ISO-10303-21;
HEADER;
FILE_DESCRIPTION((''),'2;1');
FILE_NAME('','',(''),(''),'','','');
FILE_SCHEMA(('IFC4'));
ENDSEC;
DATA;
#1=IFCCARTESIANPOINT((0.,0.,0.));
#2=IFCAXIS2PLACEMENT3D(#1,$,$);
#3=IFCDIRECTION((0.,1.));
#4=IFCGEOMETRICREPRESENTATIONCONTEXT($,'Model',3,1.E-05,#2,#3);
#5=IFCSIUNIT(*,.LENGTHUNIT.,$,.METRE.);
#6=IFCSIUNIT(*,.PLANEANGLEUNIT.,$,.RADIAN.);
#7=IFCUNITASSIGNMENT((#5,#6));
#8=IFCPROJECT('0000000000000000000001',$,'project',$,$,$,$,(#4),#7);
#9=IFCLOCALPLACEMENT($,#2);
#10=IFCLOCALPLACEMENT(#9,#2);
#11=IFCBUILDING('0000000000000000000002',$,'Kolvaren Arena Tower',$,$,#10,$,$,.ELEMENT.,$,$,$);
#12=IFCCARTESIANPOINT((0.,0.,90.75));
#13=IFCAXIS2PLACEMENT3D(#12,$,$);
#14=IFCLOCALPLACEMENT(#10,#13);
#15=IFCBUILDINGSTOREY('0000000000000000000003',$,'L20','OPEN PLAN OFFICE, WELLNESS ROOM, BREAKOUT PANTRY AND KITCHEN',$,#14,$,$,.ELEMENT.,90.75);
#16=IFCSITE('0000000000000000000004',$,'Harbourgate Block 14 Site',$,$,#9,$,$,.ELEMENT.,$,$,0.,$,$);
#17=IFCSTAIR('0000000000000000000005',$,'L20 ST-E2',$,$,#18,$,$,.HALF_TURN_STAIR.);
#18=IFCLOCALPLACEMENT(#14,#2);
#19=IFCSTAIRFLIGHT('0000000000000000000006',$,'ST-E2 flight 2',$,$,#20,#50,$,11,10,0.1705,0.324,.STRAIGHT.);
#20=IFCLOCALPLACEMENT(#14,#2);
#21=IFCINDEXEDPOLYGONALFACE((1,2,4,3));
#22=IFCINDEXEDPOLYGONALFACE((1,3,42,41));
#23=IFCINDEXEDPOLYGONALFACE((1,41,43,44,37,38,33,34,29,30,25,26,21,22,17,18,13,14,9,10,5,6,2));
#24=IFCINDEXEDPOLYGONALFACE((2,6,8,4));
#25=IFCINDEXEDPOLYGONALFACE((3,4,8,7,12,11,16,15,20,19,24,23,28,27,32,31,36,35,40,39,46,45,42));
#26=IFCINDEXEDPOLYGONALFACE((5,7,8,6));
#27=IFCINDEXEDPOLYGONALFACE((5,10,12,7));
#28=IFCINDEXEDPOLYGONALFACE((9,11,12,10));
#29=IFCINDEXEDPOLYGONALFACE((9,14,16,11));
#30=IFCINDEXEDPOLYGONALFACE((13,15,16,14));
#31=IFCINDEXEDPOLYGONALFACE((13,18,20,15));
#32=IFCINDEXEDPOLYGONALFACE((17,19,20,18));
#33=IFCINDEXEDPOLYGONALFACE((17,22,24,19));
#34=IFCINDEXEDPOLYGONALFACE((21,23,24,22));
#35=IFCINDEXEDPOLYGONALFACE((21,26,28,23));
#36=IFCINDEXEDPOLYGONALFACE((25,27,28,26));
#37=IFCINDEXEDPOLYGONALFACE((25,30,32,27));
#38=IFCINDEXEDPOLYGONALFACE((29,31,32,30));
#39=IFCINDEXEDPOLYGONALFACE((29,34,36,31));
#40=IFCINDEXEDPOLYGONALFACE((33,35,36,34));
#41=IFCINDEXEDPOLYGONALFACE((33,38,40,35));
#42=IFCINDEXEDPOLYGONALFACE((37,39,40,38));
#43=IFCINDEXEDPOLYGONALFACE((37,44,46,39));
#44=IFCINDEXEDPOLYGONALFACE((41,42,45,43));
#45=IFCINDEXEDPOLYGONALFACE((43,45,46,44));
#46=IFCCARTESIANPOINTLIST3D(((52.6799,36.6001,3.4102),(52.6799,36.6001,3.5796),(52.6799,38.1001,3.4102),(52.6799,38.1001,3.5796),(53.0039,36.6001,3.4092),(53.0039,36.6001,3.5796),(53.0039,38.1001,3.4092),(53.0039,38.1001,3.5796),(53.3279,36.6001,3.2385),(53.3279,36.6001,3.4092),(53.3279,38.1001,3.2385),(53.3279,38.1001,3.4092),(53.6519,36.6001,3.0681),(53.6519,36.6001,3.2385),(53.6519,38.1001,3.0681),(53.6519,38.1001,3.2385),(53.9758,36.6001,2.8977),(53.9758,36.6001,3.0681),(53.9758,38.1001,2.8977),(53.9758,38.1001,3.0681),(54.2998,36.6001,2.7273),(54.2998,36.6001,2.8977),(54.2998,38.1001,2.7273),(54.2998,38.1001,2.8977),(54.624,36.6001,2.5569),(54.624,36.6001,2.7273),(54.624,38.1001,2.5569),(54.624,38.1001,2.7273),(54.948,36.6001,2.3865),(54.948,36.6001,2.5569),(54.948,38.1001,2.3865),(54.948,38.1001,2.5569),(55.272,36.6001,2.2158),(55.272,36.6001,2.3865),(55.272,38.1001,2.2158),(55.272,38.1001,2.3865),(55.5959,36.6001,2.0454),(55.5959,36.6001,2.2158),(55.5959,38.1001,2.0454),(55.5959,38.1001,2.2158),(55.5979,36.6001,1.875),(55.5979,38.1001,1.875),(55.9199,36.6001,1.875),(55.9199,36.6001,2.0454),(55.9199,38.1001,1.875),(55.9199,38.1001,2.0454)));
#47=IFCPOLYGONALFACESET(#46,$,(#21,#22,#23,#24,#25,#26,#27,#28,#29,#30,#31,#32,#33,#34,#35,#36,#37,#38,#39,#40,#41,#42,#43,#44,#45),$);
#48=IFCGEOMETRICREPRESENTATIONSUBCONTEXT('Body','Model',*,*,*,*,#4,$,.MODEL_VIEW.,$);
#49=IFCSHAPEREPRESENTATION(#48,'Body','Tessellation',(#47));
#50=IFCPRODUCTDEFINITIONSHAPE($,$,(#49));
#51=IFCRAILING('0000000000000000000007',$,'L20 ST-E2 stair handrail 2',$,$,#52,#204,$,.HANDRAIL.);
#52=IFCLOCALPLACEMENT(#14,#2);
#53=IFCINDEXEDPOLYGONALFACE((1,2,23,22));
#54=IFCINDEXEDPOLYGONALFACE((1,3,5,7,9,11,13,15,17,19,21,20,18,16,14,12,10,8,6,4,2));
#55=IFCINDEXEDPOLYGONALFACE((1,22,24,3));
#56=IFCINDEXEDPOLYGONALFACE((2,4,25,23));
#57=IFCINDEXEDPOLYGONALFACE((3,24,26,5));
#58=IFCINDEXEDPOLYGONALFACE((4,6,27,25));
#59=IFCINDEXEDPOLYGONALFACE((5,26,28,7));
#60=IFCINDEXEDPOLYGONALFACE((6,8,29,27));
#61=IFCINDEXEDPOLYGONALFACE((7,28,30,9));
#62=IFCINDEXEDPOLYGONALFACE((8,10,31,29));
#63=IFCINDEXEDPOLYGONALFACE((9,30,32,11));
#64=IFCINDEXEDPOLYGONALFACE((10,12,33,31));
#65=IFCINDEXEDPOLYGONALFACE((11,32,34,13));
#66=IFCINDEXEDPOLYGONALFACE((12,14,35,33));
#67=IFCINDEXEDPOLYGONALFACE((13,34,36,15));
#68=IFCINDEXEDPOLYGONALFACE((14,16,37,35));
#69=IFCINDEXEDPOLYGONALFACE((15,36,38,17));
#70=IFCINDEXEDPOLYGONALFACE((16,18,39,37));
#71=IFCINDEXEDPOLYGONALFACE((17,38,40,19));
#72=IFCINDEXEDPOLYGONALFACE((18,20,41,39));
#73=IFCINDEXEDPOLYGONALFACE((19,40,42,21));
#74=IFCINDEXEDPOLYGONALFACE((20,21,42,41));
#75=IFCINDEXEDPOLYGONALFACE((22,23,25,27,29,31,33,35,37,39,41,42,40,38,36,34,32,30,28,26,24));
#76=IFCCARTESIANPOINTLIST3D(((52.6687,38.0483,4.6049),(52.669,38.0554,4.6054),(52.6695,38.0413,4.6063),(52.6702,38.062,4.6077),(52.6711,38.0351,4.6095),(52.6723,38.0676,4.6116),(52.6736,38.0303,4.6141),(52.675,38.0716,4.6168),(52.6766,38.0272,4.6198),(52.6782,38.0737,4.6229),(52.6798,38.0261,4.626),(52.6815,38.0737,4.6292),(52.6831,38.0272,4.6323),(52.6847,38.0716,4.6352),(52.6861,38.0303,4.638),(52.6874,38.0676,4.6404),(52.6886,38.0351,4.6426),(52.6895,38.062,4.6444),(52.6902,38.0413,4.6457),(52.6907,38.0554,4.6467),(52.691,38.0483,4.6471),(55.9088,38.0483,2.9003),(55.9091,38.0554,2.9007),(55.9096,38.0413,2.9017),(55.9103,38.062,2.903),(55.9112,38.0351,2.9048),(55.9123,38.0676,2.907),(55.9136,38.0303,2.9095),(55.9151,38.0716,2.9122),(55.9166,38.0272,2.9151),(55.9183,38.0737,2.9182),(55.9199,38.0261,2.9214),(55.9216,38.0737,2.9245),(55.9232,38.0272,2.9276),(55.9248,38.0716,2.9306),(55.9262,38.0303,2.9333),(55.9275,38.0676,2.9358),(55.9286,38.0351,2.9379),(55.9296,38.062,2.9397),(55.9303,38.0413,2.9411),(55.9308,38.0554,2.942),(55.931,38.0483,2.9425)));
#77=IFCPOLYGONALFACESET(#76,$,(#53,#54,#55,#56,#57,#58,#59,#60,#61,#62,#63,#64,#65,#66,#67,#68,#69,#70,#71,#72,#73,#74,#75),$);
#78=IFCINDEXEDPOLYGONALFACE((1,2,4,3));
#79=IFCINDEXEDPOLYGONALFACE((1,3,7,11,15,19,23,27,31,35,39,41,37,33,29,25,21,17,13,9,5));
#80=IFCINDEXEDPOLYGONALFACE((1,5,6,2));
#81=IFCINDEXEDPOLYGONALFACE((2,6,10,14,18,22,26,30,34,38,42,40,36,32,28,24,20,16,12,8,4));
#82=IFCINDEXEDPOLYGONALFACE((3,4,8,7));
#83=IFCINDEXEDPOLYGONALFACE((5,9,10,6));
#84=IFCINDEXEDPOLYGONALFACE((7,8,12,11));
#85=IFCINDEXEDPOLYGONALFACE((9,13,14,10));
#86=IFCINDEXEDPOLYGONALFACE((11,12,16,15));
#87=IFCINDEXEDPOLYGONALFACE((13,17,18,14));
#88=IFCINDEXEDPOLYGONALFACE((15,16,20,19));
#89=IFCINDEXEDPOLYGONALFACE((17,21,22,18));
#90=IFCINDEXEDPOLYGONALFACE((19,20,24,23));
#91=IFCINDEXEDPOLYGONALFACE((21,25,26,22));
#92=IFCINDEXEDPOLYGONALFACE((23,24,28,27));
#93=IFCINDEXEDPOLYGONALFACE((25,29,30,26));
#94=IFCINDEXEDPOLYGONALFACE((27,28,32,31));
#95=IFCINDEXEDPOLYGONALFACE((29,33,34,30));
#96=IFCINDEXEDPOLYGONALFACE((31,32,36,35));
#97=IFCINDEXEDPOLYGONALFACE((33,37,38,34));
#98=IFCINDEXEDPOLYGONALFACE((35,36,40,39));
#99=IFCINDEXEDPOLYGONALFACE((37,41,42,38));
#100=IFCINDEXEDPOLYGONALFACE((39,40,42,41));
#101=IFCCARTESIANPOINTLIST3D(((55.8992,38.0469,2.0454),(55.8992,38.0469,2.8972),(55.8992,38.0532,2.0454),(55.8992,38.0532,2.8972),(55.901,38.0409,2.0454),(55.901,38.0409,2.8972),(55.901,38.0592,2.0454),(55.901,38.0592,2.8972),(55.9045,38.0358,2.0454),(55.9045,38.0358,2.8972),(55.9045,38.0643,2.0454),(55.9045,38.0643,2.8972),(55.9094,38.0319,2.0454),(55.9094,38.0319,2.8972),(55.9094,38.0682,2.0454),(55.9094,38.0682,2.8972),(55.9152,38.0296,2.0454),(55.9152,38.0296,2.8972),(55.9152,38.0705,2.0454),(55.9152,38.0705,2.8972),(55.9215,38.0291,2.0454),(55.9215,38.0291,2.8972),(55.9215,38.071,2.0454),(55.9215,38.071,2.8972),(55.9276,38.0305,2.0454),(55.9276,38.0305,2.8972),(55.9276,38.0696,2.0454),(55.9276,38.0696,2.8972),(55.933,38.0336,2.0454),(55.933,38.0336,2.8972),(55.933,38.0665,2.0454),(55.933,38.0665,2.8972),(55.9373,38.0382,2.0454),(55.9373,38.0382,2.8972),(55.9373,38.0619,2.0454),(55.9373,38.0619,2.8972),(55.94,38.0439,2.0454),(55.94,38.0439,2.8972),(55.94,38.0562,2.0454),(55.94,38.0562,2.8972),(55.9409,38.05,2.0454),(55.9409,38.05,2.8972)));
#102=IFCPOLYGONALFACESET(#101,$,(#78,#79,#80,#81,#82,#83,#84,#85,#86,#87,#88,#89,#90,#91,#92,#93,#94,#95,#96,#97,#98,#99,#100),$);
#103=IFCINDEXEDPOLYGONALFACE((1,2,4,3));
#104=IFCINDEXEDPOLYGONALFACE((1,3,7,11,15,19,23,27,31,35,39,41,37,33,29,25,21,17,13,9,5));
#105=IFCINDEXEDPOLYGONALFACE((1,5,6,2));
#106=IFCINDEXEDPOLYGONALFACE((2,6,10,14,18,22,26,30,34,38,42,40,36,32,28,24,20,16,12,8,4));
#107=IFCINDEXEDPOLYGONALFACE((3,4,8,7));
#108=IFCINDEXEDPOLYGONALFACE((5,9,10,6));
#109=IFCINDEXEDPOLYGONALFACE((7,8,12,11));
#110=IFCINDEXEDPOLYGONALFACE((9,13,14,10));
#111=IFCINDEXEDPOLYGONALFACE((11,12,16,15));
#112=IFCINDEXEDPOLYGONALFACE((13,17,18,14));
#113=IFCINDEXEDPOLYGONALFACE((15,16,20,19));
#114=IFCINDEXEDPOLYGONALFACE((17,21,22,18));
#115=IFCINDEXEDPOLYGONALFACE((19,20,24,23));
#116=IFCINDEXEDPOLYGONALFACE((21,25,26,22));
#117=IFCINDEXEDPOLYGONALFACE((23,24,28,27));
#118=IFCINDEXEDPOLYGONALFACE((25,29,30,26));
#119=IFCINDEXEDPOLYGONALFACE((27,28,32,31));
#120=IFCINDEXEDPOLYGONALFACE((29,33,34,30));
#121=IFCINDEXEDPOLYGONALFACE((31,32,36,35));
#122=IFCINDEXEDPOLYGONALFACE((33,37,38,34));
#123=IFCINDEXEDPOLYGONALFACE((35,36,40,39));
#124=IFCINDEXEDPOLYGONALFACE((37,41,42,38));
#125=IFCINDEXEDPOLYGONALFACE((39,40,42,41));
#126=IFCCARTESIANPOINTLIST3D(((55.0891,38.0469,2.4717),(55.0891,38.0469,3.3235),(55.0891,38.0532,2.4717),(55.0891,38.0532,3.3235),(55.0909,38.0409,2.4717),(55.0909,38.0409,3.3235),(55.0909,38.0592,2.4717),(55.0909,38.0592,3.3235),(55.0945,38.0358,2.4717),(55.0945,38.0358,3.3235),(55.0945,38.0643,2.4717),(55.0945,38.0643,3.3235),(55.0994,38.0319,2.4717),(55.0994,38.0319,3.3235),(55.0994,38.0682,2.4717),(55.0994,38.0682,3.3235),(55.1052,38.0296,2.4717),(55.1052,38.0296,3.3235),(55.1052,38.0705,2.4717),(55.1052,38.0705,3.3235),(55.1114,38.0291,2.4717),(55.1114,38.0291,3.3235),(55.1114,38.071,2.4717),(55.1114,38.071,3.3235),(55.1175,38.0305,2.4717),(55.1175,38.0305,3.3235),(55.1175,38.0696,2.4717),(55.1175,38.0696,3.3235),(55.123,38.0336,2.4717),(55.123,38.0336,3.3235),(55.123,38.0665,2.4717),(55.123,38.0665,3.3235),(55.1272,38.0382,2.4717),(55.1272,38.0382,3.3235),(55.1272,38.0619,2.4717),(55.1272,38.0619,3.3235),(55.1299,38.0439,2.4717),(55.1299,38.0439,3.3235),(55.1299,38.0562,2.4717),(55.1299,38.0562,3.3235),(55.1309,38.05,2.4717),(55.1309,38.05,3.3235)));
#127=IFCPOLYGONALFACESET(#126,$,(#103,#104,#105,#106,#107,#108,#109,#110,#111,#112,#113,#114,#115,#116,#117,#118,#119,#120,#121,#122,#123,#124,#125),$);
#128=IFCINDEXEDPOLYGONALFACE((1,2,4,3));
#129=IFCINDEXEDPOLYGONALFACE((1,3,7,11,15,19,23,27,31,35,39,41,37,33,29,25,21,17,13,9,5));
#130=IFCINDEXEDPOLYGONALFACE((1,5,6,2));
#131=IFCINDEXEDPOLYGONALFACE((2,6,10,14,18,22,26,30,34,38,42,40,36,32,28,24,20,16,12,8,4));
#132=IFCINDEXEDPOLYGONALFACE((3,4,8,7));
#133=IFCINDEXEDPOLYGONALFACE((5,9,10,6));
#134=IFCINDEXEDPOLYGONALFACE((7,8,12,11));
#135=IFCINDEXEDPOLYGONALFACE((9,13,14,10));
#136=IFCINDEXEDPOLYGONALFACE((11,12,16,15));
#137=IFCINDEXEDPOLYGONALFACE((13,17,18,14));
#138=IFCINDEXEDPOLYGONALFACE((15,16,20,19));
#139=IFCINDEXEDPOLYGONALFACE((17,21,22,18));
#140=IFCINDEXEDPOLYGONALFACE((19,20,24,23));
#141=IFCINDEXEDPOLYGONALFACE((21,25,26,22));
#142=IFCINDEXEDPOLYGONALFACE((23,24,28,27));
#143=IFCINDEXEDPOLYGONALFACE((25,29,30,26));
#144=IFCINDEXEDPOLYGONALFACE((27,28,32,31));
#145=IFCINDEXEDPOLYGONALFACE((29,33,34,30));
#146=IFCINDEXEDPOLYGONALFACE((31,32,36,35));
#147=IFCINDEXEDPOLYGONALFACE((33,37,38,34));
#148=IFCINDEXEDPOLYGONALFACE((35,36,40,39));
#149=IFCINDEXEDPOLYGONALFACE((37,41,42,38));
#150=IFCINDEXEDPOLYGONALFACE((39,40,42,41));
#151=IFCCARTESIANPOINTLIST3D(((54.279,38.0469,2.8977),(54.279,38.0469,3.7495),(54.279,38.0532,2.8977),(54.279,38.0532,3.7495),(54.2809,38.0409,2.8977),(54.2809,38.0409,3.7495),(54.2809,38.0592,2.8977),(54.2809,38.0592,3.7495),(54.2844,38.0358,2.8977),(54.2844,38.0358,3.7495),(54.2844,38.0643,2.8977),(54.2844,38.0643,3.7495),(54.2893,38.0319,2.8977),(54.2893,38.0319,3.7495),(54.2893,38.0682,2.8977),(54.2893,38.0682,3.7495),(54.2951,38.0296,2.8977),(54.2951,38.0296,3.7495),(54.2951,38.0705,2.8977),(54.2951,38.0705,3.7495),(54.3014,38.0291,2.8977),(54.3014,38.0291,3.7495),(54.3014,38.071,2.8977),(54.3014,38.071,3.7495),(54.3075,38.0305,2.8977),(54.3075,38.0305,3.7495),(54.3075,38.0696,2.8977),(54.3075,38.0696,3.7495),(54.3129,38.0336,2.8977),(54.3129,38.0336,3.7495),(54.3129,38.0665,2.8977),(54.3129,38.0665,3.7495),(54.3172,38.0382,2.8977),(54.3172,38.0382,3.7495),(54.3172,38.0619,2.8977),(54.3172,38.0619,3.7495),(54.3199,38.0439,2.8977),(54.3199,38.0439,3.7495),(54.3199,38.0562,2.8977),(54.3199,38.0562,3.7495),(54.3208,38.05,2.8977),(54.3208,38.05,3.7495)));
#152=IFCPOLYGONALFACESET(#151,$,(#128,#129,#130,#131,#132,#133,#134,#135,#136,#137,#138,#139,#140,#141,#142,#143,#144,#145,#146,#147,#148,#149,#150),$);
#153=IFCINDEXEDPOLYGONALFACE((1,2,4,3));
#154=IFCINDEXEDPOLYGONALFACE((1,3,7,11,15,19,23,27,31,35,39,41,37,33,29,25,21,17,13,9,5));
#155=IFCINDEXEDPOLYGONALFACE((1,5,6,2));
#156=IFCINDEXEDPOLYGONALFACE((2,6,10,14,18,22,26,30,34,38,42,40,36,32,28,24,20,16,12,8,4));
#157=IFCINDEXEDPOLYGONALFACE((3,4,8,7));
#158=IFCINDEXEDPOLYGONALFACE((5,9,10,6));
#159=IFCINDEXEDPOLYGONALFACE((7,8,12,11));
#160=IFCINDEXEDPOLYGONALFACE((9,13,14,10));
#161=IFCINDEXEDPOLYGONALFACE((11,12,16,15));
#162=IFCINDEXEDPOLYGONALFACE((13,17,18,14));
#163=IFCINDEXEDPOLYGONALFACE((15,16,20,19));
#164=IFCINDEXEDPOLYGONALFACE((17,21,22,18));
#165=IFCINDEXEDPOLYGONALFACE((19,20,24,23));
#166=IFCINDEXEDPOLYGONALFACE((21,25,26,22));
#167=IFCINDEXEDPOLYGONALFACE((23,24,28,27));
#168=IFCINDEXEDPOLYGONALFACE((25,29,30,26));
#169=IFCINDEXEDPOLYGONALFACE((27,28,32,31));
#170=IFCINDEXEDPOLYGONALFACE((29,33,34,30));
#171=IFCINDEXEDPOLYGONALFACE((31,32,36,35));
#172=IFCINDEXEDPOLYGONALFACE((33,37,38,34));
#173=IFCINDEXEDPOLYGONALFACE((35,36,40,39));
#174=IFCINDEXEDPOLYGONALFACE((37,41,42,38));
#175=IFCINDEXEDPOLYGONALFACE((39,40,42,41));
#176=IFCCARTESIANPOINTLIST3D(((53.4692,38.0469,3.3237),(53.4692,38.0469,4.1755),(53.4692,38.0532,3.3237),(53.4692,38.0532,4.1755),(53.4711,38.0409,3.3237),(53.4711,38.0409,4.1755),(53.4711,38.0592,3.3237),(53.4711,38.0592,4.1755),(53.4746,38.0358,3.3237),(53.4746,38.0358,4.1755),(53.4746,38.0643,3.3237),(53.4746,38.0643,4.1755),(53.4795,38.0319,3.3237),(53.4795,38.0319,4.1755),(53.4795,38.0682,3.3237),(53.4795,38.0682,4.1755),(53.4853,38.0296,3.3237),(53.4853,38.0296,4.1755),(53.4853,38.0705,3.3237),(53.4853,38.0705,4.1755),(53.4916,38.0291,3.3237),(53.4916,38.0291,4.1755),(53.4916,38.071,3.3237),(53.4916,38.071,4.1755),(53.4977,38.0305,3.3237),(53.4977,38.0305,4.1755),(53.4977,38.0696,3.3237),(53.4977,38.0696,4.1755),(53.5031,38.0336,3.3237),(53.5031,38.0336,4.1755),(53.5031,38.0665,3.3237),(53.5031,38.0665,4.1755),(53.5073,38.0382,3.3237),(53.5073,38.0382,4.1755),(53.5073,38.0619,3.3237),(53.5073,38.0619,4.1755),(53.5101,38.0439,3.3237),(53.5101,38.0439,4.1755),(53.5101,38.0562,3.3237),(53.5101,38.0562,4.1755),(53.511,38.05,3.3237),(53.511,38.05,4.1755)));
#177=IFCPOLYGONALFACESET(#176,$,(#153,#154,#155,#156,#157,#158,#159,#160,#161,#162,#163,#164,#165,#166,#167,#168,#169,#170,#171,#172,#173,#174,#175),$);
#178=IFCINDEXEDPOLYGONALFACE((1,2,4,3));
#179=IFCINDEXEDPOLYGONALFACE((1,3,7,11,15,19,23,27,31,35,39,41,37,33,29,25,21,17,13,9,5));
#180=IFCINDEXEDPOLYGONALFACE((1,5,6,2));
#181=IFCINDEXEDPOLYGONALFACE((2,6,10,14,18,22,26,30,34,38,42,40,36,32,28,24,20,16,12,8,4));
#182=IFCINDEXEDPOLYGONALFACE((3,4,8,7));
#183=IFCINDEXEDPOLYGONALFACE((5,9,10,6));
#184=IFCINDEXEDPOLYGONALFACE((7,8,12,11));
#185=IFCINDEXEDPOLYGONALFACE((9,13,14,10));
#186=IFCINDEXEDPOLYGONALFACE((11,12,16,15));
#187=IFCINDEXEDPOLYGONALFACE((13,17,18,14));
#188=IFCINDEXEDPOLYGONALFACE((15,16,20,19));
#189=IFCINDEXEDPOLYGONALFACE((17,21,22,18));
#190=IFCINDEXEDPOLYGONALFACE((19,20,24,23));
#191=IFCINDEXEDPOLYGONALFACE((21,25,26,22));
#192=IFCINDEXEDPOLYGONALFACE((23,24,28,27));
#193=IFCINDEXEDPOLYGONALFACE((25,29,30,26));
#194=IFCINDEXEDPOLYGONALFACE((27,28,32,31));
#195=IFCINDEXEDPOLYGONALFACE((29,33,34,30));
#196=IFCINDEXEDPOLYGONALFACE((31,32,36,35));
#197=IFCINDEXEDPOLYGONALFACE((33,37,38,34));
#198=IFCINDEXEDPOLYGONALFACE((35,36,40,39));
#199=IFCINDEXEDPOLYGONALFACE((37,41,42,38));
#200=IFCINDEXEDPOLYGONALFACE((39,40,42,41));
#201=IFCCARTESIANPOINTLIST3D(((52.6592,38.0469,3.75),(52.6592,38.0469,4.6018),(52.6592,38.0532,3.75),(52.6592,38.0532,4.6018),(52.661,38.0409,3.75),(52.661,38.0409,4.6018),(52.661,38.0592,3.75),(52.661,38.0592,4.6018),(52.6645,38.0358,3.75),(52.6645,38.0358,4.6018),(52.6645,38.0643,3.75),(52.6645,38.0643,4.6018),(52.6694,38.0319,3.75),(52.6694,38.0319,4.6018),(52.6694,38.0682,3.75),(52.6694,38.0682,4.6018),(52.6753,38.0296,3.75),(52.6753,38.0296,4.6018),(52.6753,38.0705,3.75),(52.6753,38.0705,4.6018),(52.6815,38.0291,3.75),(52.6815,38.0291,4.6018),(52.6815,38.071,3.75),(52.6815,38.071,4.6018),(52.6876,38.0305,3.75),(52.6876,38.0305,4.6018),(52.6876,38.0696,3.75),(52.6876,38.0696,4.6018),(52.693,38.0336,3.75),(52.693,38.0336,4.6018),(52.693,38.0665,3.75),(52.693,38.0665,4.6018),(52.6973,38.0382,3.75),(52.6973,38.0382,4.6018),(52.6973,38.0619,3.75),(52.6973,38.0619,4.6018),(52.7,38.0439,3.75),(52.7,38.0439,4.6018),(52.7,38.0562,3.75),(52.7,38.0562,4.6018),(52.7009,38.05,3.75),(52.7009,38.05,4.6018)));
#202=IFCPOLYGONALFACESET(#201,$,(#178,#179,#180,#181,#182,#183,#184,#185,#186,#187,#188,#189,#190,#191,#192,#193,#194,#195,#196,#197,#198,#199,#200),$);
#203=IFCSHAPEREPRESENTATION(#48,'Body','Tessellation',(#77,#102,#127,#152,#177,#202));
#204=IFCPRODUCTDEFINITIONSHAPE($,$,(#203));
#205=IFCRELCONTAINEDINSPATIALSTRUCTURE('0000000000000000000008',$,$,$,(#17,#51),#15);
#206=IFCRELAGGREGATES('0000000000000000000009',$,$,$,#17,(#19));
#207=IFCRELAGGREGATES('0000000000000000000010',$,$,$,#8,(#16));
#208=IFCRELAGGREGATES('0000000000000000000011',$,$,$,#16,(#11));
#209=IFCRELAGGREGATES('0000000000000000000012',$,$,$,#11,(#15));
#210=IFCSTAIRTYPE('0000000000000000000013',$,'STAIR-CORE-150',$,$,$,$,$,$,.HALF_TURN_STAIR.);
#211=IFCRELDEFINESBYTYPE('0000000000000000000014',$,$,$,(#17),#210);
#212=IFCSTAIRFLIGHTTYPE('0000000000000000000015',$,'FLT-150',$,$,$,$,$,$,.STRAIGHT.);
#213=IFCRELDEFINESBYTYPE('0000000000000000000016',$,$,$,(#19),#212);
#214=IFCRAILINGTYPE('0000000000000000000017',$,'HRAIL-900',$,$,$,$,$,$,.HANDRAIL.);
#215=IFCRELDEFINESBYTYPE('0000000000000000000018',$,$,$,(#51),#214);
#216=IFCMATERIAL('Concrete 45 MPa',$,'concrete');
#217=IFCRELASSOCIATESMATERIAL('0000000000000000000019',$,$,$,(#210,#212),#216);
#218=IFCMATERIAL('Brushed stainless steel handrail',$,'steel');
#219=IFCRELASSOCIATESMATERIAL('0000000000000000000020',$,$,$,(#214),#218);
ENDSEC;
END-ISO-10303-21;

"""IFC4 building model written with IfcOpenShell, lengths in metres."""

from ifc_helpers import new_model, si_unit, direction, frame, origin, origin_2d, place, context, subcontext, project, spatial, polyline, circle, outline, extrude, material, type_object, element, aggregate, save


model = new_model("IFC4")

# Units and contexts
model_context = context("Model", 3, precision=1e-05, world=origin(), true_north=direction((0.0, 1.0)))
body_context = subcontext(model_context, "Body", "Model", "MODEL_VIEW")
ifc_project = project(units=[si_unit("LENGTHUNIT", "METRE"), si_unit("PLANEANGLEUNIT", "RADIAN")], contexts=[model_context])

# Site, building, storey
site_placement = place(None, origin())
site = spatial("IfcSite", under=ifc_project, at=site_placement, Name="Harbourgate Block 14 Site", CompositionType="ELEMENT", RefElevation=0.0)
building_placement = place(site_placement, origin())
building = spatial("IfcBuilding", under=site, at=building_placement, Name="Kolvaren Arena Tower", CompositionType="ELEMENT")
storey_placement = place(building_placement, frame((0.0, 0.0, 90.75)))
storey = spatial("IfcBuildingStorey", under=building, at=storey_placement, Name="L20", Description="OPEN PLAN OFFICE, WELLNESS ROOM, BREAKOUT PANTRY AND KITCHEN", CompositionType="ELEMENT", Elevation=90.75)

# Stair, stair flight
ifc_material_1 = material(Name="Concrete 45 MPa", Category="concrete")
stair_type = type_object("IfcStairType", Name="STAIR-CORE-150", PredefinedType="HALF_TURN_STAIR", material=ifc_material_1)
stair_placement = place(storey_placement, origin())
stair = element("IfcStair", 1, at=stair_placement, inside=storey, type_object=stair_type, Name="L20 ST-E2", PredefinedType="HALF_TURN_STAIR")
stair_flight_type = type_object("IfcStairFlightType", Name="FLT-150", PredefinedType="STRAIGHT", material=ifc_material_1)
stair_flight_placement = place(storey_placement, frame((55.9199, 37.3501, 1.875), z_axis=(0.0, 0.0, 1.0), x_axis=(-1.0, 0.0, 0.0)))
stair_flight = element("IfcStairFlight", 2, at=stair_flight_placement, type_object=stair_flight_type, Name="ST-E2 flight 2", NumberOfRisers=11, NumberOfTreads=10, PredefinedType="STRAIGHT", RiserHeight=0.1705, TreadLength=0.324, context=body_context, shape_type="SweptSolid", body=[
    extrude(outline(polyline([(0.0, 0.0), (0.0, 0.1704), (0.324, 0.1704), (0.324, 0.3408), (0.6479, 0.3408), (0.6479, 0.5115), (0.9719, 0.5115), (0.9719, 0.6819), (1.2959, 0.6819), (1.2959, 0.8523), (1.6201, 0.8523), (1.6201, 1.0227), (1.9441, 1.0227), (1.9441, 1.1931), (2.2681, 1.1931), (2.2681, 1.3635), (2.592, 1.3635), (2.592, 1.5342), (2.916, 1.5342), (2.916, 1.7046), (3.24, 1.7046), (3.24, 1.875), (3.24, 1.5352), (0.322, 0.0), (0.0, 0.0)])), frame((0.0, 0.75, 0.0), z_axis=(0.0, -1.0, 0.0), x_axis=(1.0, 0.0, 0.0)), (0.0, 0.0, 1.0), 1.5),
])
aggregate(stair, [stair_flight])

# Railing
ifc_material_2 = material(Name="Brushed stainless steel handrail", Category="steel")
railing_type = type_object("IfcRailingType", Name="HRAIL-900", PredefinedType="HANDRAIL", material=ifc_material_2)
railing_placement = place(storey_placement, frame((55.9199, 38.05, 2.0454)))
element("IfcRailing", 3, at=railing_placement, inside=storey, type_object=railing_type, Name="L20 ST-E2 stair handrail 2", PredefinedType="HANDRAIL", context=body_context, shape_type="SweptSolid", body=[
    extrude(circle(Radius=0.0239, at=origin_2d()), frame((0.0, 0.0, 0.876), z_axis=(-0.884993, 0.0, 0.465604), x_axis=(0.0, -1.0, 0.0)), (0.0, 0.0, 1.0), 3.6611),
    extrude(circle(Radius=0.021, at=origin_2d()), origin(), (0.0, 0.0, 1.0), 0.8518),
    extrude(circle(Radius=0.021, at=origin_2d()), frame((-0.8101, 0.0, 0.4263)), (0.0, 0.0, 1.0), 0.8518),
    extrude(circle(Radius=0.021, at=origin_2d()), frame((-1.6201, 0.0, 0.8523)), (0.0, 0.0, 1.0), 0.8518),
    extrude(circle(Radius=0.021, at=origin_2d()), frame((-2.4299, 0.0, 1.2783)), (0.0, 0.0, 1.0), 0.8518),
    extrude(circle(Radius=0.021, at=origin_2d()), frame((-3.24, 0.0, 1.7046)), (0.0, 0.0, 1.0), 0.8518),
])

save(model, "model.ifc")
